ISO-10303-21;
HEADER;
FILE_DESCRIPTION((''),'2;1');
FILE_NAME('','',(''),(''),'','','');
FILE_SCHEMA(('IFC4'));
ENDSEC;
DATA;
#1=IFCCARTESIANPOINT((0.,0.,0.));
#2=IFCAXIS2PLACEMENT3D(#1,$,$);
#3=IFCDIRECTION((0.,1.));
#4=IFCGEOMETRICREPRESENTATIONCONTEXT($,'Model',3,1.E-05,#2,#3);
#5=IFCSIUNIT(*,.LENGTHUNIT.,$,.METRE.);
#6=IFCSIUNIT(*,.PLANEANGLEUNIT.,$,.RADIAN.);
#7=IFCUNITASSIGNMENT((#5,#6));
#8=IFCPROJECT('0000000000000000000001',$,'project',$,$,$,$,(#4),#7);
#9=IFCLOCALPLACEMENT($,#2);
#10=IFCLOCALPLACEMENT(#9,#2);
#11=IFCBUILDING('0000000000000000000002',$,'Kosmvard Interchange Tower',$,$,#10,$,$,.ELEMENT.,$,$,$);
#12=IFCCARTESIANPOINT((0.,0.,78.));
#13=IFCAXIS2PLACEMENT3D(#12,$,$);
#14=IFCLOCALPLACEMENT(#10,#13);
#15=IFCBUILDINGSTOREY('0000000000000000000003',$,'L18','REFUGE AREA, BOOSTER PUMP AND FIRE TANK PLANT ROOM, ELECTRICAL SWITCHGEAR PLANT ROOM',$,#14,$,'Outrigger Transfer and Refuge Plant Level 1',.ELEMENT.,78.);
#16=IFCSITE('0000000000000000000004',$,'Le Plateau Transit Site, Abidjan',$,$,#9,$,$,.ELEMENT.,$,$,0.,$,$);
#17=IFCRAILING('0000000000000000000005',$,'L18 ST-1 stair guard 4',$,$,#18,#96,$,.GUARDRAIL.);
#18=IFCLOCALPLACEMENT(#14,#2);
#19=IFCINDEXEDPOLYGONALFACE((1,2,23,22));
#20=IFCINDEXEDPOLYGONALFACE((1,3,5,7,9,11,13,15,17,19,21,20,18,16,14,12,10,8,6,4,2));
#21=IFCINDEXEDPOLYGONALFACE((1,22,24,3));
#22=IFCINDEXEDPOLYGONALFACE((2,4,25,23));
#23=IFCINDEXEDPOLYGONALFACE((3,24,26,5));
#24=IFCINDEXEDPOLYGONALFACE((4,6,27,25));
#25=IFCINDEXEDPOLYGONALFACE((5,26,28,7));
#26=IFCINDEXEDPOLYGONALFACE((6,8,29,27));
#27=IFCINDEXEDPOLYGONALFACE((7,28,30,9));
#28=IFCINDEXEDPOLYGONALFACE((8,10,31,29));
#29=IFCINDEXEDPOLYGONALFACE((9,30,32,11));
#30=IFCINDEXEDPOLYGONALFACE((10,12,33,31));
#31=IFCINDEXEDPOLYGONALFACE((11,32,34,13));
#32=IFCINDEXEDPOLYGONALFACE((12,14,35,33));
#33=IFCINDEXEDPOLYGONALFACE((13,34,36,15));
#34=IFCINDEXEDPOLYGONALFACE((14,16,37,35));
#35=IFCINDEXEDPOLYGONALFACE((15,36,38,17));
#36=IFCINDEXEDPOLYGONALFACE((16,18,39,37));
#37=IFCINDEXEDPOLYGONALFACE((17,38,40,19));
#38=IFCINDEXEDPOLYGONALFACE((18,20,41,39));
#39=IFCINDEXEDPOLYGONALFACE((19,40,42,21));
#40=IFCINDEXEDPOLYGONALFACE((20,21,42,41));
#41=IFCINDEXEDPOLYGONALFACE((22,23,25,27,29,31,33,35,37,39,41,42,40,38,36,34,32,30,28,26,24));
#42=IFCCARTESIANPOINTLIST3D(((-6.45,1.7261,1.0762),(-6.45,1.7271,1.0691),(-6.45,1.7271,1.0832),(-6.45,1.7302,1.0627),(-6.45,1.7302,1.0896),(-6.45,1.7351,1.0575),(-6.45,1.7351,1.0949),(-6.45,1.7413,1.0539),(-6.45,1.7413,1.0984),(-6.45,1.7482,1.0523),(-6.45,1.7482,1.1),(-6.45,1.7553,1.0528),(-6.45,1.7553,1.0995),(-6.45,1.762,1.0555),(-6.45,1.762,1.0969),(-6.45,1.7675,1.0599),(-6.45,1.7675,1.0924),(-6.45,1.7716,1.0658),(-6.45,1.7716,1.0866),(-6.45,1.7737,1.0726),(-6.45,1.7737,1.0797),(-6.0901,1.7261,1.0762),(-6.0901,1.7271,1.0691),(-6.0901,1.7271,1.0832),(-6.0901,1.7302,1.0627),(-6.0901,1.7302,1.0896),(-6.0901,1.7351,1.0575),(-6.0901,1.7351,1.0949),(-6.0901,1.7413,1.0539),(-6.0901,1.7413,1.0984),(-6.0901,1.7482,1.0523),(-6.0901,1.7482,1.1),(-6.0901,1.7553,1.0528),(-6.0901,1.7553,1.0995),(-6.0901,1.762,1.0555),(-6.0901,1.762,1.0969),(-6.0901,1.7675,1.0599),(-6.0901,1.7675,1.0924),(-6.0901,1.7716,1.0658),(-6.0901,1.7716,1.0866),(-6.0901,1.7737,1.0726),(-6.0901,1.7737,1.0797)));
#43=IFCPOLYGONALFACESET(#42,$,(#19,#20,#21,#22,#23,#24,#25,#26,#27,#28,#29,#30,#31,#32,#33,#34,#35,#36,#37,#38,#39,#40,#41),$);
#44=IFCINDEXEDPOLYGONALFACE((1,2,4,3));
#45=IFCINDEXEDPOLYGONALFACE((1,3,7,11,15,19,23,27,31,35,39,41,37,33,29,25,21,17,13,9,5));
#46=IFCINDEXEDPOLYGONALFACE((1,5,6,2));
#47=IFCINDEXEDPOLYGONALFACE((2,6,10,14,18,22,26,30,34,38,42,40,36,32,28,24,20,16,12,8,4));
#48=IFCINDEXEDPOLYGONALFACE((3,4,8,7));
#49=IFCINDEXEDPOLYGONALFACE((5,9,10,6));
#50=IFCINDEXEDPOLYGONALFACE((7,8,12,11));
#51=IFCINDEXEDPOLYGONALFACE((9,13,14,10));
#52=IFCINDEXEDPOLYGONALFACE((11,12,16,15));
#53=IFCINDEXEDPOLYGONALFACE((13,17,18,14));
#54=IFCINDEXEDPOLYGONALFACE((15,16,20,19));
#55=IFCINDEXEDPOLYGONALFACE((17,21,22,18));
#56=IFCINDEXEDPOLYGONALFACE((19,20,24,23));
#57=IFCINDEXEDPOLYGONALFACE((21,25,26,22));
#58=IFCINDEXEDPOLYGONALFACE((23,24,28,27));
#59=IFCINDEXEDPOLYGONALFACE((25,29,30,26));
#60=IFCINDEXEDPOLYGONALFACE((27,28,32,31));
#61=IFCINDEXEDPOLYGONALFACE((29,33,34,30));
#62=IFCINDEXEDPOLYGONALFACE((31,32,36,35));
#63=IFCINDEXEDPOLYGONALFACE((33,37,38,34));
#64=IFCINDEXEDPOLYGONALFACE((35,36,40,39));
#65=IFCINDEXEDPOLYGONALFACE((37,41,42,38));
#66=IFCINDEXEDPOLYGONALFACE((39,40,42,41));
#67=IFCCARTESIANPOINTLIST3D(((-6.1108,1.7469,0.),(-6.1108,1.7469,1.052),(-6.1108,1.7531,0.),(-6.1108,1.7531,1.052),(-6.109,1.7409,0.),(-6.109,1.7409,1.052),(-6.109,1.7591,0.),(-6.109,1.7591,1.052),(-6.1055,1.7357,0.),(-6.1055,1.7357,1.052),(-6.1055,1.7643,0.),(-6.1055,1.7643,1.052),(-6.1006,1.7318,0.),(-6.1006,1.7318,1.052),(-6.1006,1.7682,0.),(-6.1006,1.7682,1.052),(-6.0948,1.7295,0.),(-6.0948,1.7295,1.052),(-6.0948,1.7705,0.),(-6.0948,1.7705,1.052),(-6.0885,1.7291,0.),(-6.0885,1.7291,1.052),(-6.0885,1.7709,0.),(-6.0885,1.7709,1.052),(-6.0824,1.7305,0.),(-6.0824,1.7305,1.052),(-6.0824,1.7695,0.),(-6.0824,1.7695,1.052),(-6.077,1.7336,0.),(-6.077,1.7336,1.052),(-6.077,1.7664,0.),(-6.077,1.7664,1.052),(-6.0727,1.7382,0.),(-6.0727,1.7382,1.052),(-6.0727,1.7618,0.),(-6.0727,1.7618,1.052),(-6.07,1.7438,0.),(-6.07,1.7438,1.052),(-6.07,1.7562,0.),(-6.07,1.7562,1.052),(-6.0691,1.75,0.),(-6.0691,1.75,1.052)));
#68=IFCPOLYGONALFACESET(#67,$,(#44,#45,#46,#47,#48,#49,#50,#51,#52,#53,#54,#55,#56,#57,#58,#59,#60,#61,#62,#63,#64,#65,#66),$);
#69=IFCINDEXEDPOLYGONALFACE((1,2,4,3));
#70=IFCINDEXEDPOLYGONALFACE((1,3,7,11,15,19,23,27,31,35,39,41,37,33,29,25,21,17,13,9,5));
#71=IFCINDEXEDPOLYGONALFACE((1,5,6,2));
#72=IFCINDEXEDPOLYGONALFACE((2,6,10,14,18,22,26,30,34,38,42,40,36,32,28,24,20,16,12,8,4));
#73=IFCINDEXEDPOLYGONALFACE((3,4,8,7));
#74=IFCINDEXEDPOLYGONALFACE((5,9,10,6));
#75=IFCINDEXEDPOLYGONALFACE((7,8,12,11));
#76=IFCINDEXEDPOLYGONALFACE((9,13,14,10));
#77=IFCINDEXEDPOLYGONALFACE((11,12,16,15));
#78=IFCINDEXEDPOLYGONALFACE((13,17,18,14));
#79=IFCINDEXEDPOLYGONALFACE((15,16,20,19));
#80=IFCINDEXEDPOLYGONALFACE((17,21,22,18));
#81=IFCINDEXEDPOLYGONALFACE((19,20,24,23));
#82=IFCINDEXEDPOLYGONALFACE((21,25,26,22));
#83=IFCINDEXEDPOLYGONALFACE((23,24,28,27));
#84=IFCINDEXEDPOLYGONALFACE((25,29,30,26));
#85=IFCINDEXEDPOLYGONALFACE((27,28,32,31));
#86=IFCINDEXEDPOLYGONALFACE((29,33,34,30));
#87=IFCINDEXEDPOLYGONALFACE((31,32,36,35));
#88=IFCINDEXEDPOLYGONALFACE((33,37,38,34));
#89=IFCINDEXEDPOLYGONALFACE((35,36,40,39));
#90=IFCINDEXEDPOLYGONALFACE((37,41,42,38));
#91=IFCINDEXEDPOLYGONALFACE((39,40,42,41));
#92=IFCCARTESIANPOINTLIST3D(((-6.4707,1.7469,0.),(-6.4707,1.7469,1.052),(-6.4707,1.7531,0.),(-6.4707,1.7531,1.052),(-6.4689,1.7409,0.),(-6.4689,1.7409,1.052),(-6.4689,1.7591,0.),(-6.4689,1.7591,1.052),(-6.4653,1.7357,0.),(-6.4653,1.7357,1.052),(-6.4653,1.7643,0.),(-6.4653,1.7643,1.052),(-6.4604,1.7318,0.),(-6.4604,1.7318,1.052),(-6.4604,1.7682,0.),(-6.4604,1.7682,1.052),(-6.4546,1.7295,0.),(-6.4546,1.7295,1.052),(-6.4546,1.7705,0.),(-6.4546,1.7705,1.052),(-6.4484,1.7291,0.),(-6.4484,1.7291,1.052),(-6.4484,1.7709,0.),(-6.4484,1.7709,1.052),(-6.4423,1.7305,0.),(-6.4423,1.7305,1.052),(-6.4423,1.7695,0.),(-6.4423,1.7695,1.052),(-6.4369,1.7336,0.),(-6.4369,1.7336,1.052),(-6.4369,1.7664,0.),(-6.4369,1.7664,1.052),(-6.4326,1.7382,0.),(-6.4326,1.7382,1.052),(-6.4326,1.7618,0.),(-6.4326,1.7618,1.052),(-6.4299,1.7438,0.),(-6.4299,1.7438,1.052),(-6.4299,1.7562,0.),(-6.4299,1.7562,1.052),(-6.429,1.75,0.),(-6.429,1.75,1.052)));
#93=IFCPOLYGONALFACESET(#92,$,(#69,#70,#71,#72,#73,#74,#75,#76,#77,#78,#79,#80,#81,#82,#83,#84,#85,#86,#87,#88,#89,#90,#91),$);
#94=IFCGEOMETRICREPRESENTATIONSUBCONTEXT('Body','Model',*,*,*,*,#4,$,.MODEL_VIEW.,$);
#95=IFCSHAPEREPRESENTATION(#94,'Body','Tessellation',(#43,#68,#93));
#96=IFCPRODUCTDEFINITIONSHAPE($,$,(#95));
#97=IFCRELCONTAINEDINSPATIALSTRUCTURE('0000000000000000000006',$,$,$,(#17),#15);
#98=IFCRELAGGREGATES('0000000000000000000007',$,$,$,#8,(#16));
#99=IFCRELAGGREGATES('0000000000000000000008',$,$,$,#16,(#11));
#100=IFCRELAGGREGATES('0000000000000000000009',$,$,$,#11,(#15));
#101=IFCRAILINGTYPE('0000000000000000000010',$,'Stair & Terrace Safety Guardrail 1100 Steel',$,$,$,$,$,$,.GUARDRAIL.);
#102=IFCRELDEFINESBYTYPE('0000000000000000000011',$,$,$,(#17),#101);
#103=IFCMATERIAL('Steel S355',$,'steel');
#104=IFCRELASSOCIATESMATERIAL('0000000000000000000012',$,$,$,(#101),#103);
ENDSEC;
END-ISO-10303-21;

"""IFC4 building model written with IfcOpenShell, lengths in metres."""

from ifc_helpers import new_model, si_unit, direction, frame, origin, origin_2d, place, context, subcontext, project, spatial, circle, extrude, source, transform, mapped, material, type_object, element, save


model = new_model("IFC4")

# Units and contexts
model_context = context("Model", 3, precision=1e-05, world=origin(), true_north=direction((0.0, 1.0)))
body_context = subcontext(model_context, "Body", "Model", "MODEL_VIEW")
ifc_project = project(units=[si_unit("LENGTHUNIT", "METRE"), si_unit("PLANEANGLEUNIT", "RADIAN")], contexts=[model_context])

# Site, building, storey
site_placement = place(None, origin())
site = spatial("IfcSite", under=ifc_project, at=site_placement, Name="Le Plateau Transit Site, Abidjan", CompositionType="ELEMENT", RefElevation=0.0)
building_placement = place(site_placement, origin())
building = spatial("IfcBuilding", under=site, at=building_placement, Name="Kosmvard Interchange Tower", CompositionType="ELEMENT")
storey_placement = place(building_placement, frame((0.0, 0.0, 78.0)))
storey = spatial("IfcBuildingStorey", under=building, at=storey_placement, Name="L18", Description="REFUGE AREA, BOOSTER PUMP AND FIRE TANK PLANT ROOM, ELECTRICAL SWITCHGEAR PLANT ROOM", LongName="Outrigger Transfer and Refuge Plant Level 1", CompositionType="ELEMENT", Elevation=78.0)

# Railing
ifc_material_1 = material(Name="Steel S355", Category="steel")
railing_type_1 = type_object("IfcRailingType", Name="Stair & Terrace Safety Guardrail 1100 Steel", PredefinedType="GUARDRAIL", material=ifc_material_1)
shared_shape_1 = source(origin(), body_context, "Body", "SweptSolid", [
    extrude(circle(Radius=0.0239, at=origin_2d()), frame((0.0, 0.0, 1.0762), z_axis=(-1.0, 0.0, 0.0), x_axis=(0.0, -1.0, 0.0)), (0.0, 0.0, 1.0), 0.3599),
    extrude(circle(Radius=0.021, at=origin_2d()), origin(), (0.0, 0.0, 1.0), 1.052),
    extrude(circle(Radius=0.021, at=origin_2d()), frame((-0.3599, 0.0, 0.0)), (0.0, 0.0, 1.0), 1.052),
])
for number, where, name in (
    (1, (-6.0901, 1.75, 0.0), "L18 ST-1 stair guard 4"),
):
    element("IfcRailing", number, at=place(storey_placement, frame(where)), inside=storey, type_object=railing_type_1, Name=name, PredefinedType="GUARDRAIL", context=body_context, shape_type="MappedRepresentation", body=[
        mapped(shared_shape_1, transform((0.0, 0.0, 0.0), scale=1.0)),
    ])

save(model, "model.ifc")
